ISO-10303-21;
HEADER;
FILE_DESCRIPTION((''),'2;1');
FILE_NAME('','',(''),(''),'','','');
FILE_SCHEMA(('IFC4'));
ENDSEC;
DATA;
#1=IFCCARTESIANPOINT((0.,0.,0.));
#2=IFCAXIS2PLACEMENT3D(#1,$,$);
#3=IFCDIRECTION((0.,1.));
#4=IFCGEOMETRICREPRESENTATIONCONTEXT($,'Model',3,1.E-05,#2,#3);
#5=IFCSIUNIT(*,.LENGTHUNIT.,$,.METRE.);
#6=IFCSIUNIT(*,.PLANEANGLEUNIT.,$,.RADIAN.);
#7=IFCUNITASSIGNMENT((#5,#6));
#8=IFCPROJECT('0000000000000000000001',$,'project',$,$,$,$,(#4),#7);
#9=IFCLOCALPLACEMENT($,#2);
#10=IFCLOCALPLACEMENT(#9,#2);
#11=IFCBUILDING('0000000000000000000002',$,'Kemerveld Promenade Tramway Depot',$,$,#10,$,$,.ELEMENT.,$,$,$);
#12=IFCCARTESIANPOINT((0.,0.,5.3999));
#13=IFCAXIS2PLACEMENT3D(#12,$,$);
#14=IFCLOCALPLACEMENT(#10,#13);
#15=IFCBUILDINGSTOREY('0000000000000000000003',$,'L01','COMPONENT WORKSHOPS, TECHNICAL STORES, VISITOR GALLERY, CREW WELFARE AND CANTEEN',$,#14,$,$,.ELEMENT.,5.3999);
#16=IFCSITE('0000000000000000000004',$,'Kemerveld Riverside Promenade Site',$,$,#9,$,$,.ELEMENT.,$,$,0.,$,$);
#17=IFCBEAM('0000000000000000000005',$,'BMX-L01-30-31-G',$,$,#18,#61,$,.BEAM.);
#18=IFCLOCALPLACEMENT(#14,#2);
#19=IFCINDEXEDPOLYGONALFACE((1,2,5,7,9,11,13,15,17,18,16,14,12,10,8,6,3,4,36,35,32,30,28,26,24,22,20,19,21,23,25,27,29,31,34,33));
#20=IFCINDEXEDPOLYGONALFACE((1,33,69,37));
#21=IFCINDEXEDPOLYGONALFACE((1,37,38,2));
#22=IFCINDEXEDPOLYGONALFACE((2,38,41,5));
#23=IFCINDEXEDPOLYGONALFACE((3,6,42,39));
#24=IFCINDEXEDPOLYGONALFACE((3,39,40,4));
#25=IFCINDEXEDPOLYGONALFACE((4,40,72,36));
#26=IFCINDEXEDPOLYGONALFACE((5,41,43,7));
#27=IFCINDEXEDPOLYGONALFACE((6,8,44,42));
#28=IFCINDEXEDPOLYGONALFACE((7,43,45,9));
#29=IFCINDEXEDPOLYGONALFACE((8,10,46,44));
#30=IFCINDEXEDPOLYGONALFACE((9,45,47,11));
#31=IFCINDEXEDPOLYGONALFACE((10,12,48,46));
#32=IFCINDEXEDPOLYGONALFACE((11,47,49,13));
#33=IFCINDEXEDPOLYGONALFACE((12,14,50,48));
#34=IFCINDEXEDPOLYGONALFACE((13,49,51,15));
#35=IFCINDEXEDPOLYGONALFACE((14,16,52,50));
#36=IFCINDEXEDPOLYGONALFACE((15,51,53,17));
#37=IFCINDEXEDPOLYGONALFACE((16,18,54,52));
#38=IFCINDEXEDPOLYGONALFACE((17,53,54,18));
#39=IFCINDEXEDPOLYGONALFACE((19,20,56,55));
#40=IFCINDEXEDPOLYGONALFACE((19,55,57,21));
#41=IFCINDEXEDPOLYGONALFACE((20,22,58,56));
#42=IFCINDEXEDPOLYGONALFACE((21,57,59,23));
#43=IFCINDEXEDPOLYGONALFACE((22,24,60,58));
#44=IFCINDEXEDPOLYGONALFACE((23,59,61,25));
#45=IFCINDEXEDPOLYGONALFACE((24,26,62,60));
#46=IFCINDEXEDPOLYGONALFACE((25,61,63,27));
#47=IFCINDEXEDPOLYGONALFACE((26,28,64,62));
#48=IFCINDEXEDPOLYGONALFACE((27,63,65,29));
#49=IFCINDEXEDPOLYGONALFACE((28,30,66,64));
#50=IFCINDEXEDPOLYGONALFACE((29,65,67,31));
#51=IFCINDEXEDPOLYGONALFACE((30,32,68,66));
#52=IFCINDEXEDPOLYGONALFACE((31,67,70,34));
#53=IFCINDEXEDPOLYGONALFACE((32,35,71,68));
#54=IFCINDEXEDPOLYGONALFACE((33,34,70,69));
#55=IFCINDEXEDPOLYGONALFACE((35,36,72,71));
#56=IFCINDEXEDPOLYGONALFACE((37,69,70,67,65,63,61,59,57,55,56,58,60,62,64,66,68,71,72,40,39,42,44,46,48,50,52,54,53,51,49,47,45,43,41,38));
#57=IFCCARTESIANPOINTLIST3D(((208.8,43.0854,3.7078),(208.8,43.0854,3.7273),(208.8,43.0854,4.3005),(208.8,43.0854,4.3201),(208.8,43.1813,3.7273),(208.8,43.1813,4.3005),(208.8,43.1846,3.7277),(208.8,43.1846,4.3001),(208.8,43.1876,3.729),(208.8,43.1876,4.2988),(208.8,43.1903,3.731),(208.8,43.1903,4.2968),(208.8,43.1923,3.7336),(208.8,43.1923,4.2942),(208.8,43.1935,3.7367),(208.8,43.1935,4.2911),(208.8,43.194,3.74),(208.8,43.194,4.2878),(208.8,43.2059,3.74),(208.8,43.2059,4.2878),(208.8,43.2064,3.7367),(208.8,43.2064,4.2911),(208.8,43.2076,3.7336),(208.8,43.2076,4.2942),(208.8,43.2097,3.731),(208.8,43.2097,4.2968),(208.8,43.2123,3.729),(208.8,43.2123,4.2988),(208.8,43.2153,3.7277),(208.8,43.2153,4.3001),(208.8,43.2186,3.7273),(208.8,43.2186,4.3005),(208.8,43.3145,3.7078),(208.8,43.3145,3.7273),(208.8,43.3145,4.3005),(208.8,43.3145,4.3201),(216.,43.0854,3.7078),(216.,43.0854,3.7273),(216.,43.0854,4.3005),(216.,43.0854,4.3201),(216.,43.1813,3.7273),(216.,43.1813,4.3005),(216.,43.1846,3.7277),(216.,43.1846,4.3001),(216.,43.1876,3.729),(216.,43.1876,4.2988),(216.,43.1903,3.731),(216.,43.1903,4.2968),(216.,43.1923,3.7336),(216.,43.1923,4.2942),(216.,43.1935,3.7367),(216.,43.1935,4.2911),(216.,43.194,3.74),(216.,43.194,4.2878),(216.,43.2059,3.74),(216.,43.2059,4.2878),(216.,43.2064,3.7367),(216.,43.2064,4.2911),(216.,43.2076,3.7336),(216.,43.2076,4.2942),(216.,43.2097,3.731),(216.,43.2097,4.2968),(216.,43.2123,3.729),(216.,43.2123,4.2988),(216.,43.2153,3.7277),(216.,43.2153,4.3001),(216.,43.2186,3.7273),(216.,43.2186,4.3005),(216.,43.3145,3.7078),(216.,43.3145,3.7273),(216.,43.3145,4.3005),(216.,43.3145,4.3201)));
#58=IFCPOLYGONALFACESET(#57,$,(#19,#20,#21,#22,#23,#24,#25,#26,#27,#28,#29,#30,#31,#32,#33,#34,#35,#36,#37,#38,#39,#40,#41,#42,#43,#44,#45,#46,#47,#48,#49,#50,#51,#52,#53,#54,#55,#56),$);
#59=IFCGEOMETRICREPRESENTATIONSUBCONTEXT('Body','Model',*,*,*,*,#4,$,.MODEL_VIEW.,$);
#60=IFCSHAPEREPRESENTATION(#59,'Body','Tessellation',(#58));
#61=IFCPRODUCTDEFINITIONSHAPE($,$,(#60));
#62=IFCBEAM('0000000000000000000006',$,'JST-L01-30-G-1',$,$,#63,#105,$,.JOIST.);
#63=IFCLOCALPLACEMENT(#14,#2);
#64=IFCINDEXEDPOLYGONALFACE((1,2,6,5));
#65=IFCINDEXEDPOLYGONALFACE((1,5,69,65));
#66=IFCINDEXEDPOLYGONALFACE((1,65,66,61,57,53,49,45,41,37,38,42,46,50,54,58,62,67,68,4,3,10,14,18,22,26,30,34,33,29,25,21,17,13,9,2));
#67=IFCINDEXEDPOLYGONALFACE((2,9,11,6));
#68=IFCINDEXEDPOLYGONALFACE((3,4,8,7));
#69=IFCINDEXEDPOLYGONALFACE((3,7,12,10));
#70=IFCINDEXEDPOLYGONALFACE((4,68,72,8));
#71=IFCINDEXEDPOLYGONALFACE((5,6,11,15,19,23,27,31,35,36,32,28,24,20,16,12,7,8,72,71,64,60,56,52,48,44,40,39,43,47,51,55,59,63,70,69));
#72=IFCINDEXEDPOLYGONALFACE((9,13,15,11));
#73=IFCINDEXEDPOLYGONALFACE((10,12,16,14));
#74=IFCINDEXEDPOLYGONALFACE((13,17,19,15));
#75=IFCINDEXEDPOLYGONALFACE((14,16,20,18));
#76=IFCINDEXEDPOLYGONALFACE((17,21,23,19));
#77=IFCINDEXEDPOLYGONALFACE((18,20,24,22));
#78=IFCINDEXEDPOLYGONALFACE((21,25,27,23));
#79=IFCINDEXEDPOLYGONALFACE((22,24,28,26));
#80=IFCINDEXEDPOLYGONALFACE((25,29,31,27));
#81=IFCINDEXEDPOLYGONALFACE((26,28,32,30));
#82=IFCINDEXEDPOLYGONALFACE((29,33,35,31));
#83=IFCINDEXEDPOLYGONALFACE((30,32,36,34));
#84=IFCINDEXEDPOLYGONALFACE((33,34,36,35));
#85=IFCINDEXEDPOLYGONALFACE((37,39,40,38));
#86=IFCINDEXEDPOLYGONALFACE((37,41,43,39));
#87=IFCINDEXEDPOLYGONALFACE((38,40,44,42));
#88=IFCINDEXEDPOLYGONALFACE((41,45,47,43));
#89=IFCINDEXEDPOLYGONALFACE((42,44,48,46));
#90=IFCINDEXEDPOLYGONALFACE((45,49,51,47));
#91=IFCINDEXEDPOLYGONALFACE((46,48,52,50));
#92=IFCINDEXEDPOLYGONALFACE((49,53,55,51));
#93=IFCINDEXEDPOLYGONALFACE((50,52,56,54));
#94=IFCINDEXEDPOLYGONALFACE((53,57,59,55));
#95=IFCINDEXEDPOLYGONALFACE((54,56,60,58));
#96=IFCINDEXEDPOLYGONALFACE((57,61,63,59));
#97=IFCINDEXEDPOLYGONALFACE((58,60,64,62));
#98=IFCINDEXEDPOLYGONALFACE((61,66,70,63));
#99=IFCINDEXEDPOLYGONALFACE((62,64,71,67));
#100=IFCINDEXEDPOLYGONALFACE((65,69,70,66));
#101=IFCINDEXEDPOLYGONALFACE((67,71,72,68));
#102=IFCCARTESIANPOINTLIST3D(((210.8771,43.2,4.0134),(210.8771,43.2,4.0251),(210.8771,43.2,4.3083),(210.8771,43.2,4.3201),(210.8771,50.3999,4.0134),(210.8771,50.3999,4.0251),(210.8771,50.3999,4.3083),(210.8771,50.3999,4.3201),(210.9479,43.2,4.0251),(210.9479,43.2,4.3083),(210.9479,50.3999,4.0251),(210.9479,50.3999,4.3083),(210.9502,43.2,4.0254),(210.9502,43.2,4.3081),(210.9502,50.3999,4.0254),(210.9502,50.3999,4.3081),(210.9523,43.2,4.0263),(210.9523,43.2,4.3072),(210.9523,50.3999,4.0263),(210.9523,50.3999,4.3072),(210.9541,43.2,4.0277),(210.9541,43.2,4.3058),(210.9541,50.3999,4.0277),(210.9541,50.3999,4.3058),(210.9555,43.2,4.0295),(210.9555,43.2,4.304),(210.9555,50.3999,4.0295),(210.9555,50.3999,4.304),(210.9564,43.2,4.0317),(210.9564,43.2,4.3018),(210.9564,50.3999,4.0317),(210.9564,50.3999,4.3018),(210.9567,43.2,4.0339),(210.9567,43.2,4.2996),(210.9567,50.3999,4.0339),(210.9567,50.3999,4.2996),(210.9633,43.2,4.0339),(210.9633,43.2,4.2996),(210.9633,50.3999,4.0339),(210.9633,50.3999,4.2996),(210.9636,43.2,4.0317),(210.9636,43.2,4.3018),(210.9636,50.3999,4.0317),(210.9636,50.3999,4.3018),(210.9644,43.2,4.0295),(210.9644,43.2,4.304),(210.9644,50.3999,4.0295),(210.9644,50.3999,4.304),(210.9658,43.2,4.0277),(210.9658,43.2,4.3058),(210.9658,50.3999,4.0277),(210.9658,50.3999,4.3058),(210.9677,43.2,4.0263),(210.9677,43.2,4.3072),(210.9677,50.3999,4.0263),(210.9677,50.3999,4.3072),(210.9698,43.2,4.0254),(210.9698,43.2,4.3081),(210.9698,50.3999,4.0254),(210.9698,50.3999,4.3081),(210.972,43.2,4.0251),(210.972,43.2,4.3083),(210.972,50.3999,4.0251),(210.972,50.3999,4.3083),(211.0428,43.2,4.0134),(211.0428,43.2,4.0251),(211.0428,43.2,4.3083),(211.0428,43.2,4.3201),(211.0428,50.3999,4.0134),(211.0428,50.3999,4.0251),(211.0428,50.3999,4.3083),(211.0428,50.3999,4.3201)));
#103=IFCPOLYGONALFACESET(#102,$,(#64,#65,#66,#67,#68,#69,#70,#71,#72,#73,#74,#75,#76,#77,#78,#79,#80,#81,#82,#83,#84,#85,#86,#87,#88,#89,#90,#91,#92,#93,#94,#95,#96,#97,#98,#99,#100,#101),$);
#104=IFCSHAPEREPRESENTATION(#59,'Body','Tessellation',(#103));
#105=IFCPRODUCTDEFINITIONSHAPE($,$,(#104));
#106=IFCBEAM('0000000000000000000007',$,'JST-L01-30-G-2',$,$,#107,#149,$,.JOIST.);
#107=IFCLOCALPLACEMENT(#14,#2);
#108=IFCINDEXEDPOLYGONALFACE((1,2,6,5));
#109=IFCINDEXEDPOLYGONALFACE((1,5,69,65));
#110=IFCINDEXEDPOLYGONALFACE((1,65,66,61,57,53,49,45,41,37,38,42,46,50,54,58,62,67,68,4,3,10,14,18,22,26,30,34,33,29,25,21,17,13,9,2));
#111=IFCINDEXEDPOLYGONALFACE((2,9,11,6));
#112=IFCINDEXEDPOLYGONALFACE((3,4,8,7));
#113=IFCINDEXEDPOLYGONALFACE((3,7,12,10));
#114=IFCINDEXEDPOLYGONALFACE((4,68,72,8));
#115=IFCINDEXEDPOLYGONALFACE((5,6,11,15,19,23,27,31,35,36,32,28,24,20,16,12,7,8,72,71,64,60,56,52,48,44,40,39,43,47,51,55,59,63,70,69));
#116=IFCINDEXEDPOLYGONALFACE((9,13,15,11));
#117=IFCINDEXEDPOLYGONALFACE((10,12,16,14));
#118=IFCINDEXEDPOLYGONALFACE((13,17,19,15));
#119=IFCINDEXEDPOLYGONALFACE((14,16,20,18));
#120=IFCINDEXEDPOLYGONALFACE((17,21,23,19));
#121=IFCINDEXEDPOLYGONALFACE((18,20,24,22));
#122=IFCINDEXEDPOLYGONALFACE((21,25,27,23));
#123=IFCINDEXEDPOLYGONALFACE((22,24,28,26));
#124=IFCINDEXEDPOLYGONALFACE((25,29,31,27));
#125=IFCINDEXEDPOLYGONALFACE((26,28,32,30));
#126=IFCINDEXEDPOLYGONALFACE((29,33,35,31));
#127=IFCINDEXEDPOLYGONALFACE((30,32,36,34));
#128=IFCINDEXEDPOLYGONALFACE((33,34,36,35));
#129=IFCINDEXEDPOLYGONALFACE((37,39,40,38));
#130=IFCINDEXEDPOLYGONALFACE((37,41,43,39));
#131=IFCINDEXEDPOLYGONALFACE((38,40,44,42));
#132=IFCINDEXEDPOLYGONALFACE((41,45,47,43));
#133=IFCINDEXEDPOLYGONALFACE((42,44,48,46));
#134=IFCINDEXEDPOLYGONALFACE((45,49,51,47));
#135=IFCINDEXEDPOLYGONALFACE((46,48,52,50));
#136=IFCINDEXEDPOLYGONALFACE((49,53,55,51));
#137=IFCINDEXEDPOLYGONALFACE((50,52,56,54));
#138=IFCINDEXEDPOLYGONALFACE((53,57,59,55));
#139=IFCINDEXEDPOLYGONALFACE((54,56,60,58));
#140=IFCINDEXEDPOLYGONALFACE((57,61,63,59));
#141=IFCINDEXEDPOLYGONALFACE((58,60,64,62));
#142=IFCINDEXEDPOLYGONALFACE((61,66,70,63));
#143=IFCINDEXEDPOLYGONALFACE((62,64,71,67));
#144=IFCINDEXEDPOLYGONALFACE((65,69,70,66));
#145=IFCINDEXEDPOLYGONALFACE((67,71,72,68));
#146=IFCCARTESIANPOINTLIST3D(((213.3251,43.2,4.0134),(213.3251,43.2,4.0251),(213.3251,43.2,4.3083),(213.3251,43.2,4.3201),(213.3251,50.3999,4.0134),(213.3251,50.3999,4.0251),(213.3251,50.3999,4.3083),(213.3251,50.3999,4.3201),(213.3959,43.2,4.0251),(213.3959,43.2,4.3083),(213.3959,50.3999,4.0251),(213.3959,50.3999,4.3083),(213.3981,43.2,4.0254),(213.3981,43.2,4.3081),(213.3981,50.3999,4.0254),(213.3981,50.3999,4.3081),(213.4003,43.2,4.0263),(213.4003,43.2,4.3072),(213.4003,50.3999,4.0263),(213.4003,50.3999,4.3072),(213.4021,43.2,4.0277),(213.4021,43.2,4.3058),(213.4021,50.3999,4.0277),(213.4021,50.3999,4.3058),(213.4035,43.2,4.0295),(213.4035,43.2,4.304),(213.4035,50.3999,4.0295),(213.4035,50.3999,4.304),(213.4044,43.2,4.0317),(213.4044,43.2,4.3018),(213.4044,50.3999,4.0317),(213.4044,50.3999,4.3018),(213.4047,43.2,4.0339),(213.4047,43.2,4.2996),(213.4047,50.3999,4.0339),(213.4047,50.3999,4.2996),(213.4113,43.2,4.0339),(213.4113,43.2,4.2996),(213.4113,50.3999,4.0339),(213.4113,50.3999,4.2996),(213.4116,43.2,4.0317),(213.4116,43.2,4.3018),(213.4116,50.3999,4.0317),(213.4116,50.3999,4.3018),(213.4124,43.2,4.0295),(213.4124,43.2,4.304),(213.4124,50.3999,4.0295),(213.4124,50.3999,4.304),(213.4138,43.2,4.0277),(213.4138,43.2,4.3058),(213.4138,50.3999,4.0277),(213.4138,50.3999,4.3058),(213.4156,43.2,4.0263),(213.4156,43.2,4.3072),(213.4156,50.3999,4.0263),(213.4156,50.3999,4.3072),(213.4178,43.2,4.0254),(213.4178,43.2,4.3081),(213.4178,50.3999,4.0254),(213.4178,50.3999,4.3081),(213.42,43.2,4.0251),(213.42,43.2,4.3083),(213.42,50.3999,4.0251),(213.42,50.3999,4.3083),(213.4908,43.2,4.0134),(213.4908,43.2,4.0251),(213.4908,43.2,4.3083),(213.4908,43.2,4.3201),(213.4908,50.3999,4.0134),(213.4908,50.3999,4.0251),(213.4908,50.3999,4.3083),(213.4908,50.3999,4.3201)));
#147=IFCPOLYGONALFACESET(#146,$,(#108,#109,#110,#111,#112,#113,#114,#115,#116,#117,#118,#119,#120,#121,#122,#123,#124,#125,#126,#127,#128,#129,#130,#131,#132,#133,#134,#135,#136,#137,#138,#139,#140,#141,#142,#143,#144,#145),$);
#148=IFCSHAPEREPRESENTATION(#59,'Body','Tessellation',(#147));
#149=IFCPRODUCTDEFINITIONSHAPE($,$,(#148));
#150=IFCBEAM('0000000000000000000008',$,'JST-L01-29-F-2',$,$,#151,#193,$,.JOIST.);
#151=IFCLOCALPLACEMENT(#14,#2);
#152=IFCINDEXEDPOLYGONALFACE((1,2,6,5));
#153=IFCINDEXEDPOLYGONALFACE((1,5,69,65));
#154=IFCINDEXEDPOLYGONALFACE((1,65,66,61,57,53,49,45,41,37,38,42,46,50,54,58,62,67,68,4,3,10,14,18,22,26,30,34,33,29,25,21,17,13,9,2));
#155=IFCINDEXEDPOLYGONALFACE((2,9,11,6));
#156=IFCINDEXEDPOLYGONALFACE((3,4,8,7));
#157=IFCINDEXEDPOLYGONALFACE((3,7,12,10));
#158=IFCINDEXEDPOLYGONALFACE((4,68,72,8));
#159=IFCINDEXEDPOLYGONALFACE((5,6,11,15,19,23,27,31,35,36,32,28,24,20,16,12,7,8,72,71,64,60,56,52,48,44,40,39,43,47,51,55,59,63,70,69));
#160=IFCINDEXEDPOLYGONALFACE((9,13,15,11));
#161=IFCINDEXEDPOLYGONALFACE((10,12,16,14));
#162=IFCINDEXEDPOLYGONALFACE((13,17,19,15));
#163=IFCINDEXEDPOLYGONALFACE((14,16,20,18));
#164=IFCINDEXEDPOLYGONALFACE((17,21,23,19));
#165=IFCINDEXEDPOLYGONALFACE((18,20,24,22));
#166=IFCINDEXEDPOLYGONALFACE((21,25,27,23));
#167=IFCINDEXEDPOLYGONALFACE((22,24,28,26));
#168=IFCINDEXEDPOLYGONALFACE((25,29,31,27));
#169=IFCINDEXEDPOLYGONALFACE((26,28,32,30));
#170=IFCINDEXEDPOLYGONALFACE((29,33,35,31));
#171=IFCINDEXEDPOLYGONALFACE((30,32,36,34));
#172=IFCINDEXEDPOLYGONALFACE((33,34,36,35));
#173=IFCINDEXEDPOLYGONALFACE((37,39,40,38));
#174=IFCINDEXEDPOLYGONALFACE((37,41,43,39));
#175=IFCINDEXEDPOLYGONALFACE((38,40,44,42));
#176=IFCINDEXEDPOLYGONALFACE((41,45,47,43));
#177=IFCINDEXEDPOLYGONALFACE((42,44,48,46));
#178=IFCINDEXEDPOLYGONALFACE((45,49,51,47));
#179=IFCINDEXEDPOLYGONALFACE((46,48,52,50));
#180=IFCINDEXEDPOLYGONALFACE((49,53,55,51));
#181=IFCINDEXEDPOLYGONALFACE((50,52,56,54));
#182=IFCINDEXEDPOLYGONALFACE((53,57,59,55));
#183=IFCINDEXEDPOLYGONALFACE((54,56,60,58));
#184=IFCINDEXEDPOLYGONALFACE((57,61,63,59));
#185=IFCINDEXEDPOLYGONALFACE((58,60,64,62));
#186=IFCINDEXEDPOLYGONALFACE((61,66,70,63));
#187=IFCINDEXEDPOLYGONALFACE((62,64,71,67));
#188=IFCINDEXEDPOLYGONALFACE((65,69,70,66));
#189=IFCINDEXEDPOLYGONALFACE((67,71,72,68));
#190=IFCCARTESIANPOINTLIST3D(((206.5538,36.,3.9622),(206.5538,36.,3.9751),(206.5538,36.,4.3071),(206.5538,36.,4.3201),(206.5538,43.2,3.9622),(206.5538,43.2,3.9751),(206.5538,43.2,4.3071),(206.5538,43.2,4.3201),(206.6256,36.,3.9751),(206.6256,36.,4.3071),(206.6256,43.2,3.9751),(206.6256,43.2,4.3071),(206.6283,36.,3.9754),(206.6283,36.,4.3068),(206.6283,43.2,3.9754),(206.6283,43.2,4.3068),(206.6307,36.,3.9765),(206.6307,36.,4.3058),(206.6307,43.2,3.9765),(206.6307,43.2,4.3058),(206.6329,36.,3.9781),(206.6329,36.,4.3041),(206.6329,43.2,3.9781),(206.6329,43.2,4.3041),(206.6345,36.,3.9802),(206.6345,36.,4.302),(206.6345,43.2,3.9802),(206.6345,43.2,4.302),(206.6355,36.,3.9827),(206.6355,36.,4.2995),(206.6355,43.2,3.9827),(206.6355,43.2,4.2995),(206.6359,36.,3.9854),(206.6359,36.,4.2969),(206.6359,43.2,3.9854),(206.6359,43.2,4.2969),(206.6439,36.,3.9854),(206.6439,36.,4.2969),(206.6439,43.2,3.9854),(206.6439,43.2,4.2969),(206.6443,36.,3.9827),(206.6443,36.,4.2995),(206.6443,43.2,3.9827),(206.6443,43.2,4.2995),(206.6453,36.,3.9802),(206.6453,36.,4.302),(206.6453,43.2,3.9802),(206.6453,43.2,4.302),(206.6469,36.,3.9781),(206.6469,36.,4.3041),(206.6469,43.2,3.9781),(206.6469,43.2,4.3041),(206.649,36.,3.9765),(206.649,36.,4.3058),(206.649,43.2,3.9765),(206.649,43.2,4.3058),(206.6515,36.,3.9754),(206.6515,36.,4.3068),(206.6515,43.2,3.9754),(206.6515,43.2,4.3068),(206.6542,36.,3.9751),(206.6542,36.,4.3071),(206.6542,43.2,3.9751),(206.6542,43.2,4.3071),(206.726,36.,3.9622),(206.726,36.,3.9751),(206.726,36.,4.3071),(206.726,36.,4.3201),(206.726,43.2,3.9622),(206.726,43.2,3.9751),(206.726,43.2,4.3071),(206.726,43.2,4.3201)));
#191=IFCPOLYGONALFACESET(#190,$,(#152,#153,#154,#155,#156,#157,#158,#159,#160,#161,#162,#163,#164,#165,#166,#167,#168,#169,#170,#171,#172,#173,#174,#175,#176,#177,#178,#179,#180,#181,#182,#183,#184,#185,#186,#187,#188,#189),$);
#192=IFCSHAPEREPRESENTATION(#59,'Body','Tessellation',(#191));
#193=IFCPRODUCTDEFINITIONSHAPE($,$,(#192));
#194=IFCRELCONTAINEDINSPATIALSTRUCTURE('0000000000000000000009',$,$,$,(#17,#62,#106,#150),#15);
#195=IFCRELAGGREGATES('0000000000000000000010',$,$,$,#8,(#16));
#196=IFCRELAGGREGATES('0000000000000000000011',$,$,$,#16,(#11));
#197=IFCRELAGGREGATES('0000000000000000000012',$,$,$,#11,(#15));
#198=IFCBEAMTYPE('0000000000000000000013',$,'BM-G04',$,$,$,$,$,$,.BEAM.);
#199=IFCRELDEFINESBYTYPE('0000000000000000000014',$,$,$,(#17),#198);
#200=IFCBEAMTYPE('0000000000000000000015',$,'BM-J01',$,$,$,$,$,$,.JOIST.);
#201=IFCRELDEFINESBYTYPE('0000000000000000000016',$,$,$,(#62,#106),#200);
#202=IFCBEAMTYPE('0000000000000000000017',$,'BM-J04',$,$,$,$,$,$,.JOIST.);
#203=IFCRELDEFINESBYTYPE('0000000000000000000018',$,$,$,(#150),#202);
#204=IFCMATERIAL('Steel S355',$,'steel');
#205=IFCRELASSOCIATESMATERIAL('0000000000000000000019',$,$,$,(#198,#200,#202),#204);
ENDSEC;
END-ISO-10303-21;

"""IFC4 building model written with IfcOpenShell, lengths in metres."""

from ifc_helpers import new_model, si_unit, direction, frame, origin, origin_2d, place, context, subcontext, project, spatial, i_section, extrude, material, material_profile, profile_set, type_object, element, save


model = new_model("IFC4")

# Units and contexts
model_context = context("Model", 3, precision=1e-05, world=origin(), true_north=direction((0.0, 1.0)))
body_context = subcontext(model_context, "Body", "Model", "MODEL_VIEW")
ifc_project = project(units=[si_unit("LENGTHUNIT", "METRE"), si_unit("PLANEANGLEUNIT", "RADIAN")], contexts=[model_context])

# Site, building, storey
site_placement = place(None, origin())
site = spatial("IfcSite", under=ifc_project, at=site_placement, Name="Kemerveld Riverside Promenade Site", CompositionType="ELEMENT", RefElevation=0.0)
building_placement = place(site_placement, origin())
building = spatial("IfcBuilding", under=site, at=building_placement, Name="Kemerveld Promenade Tramway Depot", CompositionType="ELEMENT")
storey_placement = place(building_placement, frame((0.0, 0.0, 5.3999)))
storey = spatial("IfcBuildingStorey", under=building, at=storey_placement, Name="L01", Description="COMPONENT WORKSHOPS, TECHNICAL STORES, VISITOR GALLERY, CREW WELFARE AND CANTEEN", CompositionType="ELEMENT", Elevation=5.3999)

# Shared definitions
ifc_material_1 = material(Name="Steel S355", Category="steel")

# Beams
ifc_material_profile_1 = material_profile(ifc_material_1, i_section(OverallWidth=0.229, OverallDepth=0.6123, WebThickness=0.012, FlangeThickness=0.0195, FilletRadius=0.0127, at=origin_2d()), Name="610x229x125 UB")
ifc_profile_set_1 = profile_set([ifc_material_profile_1], Name="Steel S355")
beam_type_1 = type_object("IfcBeamType", Name="BM-G04", PredefinedType="BEAM", material=ifc_profile_set_1)
for number, where, z_axis, x_axis, name in (
    (1, (208.8, 43.2, 4.0139), (1.0, 0.0, 0.0), (0.0, 1.0, 0.0), "BMX-L01-30-31-G"),
):
    element("IfcBeam", number, at=place(storey_placement, frame(where, z_axis=z_axis, x_axis=x_axis)), inside=storey, type_object=beam_type_1, Name=name, PredefinedType="BEAM", context=body_context, shape_type="SweptSolid", body=[
        extrude(i_section(OverallWidth=0.229, OverallDepth=0.6123, WebThickness=0.012, FlangeThickness=0.0195, FilletRadius=0.0127, at=origin_2d()), origin(), (0.0, 0.0, 1.0), 7.2),
    ])
ifc_material_profile_2 = material_profile(ifc_material_1, i_section(OverallWidth=0.1658, OverallDepth=0.3066, WebThickness=0.0066, FlangeThickness=0.0117, FilletRadius=0.0088, at=origin_2d()), Name="305x165x46 UB")
ifc_profile_set_2 = profile_set([ifc_material_profile_2], Name="Steel S355")
beam_type_2 = type_object("IfcBeamType", Name="BM-J01", PredefinedType="JOIST", material=ifc_profile_set_2)
for number, where, z_axis, x_axis, name in (
    (2, (210.96, 43.2, 4.1667), (0.0, 1.0, 0.0), (-1.0, 0.0, 0.0), "JST-L01-30-G-1"),
    (3, (213.408, 43.2, 4.1667), (0.0, 1.0, 0.0), (-1.0, 0.0, 0.0), "JST-L01-30-G-2"),
):
    element("IfcBeam", number, at=place(storey_placement, frame(where, z_axis=z_axis, x_axis=x_axis)), inside=storey, type_object=beam_type_2, Name=name, PredefinedType="JOIST", context=body_context, shape_type="SweptSolid", body=[
        extrude(i_section(OverallWidth=0.1658, OverallDepth=0.3066, WebThickness=0.0066, FlangeThickness=0.0117, FilletRadius=0.0088, at=origin_2d()), origin(), (0.0, 0.0, 1.0), 7.2),
    ])
ifc_material_profile_3 = material_profile(ifc_material_1, i_section(OverallWidth=0.1721, OverallDepth=0.3579, WebThickness=0.0081, FlangeThickness=0.0129, FilletRadius=0.0103, at=origin_2d()), Name="356x171x57 UB")
ifc_profile_set_3 = profile_set([ifc_material_profile_3], Name="Steel S355")
beam_type_3 = type_object("IfcBeamType", Name="BM-J04", PredefinedType="JOIST", material=ifc_profile_set_3)
beam_1_placement = place(storey_placement, frame((206.6399, 36.0, 4.1411), z_axis=(0.0, 1.0, 0.0), x_axis=(-1.0, 0.0, 0.0)))
element("IfcBeam", 4, at=beam_1_placement, inside=storey, type_object=beam_type_3, Name="JST-L01-29-F-2", PredefinedType="JOIST", context=body_context, shape_type="SweptSolid", body=[
    extrude(i_section(OverallWidth=0.1721, OverallDepth=0.3579, WebThickness=0.0081, FlangeThickness=0.0129, FilletRadius=0.0103, at=origin_2d()), origin(), (0.0, 0.0, 1.0), 7.2),
])

save(model, "model.ifc")
